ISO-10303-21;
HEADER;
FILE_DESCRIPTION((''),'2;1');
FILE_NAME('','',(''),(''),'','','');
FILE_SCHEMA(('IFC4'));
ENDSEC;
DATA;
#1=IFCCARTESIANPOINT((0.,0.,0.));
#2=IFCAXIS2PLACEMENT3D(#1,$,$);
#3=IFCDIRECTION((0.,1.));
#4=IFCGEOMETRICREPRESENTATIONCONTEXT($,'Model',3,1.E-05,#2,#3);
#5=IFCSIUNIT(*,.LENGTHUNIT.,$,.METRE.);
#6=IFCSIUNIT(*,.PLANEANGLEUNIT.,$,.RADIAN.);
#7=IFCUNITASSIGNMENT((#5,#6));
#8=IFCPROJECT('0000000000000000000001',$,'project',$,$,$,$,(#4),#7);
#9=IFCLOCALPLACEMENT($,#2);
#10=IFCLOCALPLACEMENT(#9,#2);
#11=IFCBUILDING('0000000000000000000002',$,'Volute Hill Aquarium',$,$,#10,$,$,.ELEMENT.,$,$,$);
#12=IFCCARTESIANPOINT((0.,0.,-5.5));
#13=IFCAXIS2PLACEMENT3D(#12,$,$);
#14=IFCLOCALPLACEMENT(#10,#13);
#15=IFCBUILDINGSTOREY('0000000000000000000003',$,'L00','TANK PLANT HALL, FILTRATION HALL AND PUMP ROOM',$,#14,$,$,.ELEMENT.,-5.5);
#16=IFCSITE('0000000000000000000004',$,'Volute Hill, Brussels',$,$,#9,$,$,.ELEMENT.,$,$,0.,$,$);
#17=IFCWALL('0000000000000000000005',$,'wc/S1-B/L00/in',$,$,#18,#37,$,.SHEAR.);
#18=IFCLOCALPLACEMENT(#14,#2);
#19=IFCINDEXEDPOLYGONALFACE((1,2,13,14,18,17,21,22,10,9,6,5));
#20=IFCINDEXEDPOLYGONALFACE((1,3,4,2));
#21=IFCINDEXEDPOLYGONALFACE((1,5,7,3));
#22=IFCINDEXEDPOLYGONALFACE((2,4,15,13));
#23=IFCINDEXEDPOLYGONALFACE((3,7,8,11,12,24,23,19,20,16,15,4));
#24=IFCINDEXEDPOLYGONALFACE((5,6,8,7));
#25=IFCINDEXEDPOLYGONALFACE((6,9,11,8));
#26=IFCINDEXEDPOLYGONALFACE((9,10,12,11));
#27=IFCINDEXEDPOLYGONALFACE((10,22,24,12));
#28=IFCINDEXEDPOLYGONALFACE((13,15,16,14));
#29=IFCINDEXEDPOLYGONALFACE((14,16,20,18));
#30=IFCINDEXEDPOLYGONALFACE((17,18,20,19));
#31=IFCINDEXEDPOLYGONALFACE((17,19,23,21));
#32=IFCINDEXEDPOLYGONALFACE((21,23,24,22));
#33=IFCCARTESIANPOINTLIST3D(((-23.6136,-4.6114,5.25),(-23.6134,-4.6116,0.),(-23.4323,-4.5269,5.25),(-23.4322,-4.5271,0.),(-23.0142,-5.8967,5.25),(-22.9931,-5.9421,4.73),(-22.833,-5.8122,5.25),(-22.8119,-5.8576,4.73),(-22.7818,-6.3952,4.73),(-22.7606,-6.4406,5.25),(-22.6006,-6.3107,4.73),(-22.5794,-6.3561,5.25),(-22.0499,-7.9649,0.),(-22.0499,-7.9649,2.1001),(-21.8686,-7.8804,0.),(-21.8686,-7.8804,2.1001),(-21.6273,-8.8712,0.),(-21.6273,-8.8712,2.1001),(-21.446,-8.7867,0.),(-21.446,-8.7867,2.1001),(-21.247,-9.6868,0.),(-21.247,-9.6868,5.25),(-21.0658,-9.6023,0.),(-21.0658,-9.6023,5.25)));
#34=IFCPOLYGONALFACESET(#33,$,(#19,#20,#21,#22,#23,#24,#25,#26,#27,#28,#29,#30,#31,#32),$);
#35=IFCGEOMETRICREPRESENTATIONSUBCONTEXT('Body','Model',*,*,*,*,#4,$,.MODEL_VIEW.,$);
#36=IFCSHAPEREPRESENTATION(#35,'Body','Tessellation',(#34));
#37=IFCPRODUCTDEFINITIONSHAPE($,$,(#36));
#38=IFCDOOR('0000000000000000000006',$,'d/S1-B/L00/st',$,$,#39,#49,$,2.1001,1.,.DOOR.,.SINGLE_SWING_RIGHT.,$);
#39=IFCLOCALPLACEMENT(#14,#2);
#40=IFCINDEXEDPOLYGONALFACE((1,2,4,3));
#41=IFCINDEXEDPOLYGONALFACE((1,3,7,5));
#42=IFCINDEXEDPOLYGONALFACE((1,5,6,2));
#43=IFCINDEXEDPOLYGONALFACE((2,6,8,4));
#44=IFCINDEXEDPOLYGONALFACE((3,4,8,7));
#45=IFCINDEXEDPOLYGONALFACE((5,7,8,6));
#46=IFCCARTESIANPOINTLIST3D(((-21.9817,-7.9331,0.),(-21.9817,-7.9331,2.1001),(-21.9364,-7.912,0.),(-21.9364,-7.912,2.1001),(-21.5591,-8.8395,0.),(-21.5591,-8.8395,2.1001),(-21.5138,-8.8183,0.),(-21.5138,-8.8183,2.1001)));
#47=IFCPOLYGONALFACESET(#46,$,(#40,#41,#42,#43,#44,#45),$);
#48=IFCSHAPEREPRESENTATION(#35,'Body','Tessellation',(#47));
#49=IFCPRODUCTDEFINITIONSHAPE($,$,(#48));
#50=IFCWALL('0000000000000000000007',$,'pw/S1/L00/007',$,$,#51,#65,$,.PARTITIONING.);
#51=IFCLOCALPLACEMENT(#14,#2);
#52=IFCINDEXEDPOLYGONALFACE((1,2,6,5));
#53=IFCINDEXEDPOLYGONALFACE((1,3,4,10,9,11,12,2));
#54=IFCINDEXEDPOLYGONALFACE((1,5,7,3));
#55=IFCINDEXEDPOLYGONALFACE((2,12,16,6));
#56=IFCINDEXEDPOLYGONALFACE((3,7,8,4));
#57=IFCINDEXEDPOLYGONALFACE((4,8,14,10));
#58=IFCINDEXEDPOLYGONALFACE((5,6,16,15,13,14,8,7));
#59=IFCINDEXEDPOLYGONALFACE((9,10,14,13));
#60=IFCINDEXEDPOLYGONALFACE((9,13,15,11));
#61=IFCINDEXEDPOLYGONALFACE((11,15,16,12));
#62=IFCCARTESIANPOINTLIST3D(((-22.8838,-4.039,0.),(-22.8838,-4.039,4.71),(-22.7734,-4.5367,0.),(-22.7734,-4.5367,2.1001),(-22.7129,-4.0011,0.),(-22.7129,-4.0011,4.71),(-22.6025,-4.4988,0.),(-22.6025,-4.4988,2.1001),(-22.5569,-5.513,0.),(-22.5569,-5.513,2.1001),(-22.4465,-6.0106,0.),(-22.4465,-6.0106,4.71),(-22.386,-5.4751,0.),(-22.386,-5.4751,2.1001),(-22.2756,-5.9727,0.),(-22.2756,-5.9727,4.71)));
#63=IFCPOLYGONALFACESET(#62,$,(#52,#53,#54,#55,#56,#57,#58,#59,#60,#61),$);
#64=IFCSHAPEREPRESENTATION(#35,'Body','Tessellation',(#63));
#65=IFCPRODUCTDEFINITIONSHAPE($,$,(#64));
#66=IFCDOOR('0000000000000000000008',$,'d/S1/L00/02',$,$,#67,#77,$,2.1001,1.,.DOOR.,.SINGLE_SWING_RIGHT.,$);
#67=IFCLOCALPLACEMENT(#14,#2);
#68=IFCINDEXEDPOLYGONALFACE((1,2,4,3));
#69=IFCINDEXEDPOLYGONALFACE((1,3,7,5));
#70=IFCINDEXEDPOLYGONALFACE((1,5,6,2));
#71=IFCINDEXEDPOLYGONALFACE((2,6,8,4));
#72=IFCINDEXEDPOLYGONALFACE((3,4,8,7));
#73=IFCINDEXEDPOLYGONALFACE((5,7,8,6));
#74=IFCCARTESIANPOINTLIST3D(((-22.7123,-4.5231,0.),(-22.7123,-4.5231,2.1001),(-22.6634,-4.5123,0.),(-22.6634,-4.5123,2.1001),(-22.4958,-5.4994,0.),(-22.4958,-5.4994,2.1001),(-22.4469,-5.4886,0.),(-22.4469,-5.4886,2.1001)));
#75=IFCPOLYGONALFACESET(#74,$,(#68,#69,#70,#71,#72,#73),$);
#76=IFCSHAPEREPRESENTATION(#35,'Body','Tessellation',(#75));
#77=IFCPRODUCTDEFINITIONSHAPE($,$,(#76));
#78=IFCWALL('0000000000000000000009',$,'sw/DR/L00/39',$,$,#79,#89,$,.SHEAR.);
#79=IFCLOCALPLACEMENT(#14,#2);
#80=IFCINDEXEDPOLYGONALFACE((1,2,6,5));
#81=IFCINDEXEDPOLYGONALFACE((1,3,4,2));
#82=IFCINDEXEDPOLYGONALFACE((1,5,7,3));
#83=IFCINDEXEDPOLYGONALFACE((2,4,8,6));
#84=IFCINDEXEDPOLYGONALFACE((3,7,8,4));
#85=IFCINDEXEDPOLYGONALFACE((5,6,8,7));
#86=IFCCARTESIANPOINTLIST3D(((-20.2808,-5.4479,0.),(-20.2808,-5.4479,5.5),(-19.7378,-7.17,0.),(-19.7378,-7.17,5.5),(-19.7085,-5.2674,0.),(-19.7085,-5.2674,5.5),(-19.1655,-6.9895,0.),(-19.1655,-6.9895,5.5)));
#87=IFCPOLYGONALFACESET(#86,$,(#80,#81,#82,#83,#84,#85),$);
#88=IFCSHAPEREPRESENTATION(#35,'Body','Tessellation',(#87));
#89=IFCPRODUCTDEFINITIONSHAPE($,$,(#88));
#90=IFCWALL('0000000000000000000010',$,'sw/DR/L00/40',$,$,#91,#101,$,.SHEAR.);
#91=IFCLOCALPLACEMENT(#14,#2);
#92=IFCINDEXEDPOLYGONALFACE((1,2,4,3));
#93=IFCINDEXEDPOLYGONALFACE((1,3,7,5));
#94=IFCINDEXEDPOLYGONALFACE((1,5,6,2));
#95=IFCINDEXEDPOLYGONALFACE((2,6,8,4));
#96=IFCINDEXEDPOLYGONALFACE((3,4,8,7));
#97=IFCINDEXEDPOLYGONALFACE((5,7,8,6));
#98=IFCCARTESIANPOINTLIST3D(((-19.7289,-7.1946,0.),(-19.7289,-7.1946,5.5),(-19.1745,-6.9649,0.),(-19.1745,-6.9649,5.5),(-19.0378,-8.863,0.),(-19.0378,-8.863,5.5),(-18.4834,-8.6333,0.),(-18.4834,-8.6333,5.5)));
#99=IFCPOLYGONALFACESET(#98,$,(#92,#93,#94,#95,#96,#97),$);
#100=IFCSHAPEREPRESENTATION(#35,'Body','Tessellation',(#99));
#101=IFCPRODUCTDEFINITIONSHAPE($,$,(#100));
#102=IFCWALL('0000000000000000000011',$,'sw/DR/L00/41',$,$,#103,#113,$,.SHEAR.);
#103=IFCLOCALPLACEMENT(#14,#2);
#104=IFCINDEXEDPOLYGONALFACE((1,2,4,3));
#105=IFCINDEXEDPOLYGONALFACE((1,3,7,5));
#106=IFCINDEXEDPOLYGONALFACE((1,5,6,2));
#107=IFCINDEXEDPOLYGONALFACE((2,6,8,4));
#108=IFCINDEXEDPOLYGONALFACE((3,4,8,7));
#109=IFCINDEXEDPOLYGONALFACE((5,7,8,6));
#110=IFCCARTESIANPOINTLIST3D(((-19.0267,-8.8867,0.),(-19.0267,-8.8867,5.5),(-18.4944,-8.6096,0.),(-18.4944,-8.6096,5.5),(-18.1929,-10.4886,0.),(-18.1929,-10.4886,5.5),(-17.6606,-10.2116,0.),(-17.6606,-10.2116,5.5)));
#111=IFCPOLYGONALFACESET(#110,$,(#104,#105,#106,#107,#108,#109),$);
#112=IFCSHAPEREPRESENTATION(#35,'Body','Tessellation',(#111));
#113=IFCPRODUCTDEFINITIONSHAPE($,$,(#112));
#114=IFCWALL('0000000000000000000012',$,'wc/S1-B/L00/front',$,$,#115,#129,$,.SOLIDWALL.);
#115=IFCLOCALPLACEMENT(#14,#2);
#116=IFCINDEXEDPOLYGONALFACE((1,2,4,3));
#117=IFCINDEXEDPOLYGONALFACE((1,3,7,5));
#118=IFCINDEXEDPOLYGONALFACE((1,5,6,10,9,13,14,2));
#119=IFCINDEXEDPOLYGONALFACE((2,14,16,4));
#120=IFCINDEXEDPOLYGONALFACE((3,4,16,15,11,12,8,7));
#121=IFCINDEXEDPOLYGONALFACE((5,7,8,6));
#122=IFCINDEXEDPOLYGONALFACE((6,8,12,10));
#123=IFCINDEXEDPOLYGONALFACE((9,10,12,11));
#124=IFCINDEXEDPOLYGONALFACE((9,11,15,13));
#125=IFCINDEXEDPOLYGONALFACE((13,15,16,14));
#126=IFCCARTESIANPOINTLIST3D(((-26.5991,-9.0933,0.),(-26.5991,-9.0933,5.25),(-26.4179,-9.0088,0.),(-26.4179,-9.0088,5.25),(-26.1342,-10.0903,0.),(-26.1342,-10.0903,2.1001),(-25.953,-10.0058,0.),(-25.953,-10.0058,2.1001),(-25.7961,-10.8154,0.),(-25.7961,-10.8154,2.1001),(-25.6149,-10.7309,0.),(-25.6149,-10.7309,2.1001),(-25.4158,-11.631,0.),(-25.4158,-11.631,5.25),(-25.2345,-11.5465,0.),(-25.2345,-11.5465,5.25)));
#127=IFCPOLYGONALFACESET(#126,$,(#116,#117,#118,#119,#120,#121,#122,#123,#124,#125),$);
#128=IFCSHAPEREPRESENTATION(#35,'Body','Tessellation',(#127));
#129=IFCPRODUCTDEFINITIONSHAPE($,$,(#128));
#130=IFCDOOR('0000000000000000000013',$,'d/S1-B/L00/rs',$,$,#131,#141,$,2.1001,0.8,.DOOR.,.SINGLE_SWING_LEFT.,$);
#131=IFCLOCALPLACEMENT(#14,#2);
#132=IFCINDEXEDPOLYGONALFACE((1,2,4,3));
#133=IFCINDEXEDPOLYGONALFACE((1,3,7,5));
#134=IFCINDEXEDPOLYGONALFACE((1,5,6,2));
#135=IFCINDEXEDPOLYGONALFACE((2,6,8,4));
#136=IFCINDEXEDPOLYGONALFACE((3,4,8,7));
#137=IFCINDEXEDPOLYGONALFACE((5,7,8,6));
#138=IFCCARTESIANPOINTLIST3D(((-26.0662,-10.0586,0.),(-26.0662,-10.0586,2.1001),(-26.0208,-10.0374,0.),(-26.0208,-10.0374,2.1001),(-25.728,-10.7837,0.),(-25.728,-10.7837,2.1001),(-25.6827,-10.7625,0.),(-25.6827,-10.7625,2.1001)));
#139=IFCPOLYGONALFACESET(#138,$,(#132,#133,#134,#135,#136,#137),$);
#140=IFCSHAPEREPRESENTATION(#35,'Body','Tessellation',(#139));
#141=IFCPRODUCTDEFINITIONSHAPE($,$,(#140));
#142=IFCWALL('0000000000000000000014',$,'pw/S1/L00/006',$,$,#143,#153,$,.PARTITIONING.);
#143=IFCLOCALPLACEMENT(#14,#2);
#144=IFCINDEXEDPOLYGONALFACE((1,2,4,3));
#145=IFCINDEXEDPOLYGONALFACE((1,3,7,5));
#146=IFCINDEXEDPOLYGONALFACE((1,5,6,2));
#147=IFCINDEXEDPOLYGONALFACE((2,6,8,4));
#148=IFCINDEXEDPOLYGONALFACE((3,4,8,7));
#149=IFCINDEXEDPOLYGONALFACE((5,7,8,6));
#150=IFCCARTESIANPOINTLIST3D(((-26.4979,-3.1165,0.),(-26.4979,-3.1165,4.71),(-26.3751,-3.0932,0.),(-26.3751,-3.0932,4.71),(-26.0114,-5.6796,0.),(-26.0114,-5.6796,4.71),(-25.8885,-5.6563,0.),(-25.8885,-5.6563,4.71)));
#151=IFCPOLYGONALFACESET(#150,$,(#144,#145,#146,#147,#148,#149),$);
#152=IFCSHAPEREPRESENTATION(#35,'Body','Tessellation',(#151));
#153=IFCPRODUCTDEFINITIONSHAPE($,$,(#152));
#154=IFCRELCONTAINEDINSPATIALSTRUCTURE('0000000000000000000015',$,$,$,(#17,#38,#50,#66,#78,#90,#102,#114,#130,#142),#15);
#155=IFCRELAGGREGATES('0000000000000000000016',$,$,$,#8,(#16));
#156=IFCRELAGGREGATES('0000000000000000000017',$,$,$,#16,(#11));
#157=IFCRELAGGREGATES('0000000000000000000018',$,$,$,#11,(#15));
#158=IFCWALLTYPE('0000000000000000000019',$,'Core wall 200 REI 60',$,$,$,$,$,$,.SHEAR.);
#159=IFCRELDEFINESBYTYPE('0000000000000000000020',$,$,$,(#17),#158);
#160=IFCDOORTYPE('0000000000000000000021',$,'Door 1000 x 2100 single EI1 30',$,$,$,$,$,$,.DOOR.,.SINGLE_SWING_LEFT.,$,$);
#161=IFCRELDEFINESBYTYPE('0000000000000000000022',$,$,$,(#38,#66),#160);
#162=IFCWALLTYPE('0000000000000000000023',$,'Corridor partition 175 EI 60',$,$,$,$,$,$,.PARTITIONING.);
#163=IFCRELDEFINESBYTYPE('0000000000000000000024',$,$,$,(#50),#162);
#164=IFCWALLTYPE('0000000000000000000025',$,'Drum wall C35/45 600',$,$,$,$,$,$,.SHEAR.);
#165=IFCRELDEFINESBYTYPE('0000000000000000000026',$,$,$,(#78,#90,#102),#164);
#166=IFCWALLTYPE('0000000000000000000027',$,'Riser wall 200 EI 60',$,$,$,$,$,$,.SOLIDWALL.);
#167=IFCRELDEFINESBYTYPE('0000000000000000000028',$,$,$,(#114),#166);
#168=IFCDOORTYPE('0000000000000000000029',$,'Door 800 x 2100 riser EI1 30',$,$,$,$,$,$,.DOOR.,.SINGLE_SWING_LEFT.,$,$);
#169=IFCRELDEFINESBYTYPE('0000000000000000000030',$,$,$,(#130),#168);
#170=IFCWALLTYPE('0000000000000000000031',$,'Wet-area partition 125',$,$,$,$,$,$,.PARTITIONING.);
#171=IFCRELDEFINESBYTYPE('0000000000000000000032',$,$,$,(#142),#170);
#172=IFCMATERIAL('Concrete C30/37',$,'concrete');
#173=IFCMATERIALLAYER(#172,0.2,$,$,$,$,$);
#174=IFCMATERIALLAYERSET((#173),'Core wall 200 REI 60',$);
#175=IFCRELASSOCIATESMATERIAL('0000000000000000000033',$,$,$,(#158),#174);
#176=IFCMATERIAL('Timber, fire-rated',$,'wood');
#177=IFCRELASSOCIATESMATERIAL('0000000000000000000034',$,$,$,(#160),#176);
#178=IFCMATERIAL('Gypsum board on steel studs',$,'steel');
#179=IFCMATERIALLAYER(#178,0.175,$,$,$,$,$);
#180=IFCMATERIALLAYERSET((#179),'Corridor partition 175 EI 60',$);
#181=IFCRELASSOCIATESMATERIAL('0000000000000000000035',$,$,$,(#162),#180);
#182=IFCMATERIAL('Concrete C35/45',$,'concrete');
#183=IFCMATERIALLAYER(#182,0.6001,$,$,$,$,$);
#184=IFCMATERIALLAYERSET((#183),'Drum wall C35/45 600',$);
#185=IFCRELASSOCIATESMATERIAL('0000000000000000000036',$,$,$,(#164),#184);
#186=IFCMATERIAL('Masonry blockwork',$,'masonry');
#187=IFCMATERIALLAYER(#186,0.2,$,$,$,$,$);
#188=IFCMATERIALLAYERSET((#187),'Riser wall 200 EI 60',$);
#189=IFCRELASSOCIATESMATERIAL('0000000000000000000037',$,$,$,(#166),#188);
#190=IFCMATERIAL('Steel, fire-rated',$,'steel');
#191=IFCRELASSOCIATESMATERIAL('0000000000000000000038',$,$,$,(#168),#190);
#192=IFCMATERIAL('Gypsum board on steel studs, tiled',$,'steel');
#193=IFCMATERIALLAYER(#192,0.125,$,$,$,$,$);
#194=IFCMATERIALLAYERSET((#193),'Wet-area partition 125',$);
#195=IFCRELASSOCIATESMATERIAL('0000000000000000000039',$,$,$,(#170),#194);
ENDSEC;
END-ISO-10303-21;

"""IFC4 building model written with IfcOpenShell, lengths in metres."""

from ifc_helpers import new_model, si_unit, direction, frame, frame_2d, origin, place, context, subcontext, project, spatial, polyline, rectangle, outline, extrude, material, layer, layer_set, type_object, element, fill, save


model = new_model("IFC4")

# Units and contexts
model_context = context("Model", 3, precision=1e-05, world=origin(), true_north=direction((0.0, 1.0)))
body_context = subcontext(model_context, "Body", "Model", "MODEL_VIEW")
ifc_project = project(units=[si_unit("LENGTHUNIT", "METRE"), si_unit("PLANEANGLEUNIT", "RADIAN")], contexts=[model_context])

# Site, building, storey
site_placement = place(None, origin())
site = spatial("IfcSite", under=ifc_project, at=site_placement, Name="Volute Hill, Brussels", CompositionType="ELEMENT", RefElevation=0.0)
building_placement = place(site_placement, origin())
building = spatial("IfcBuilding", under=site, at=building_placement, Name="Volute Hill Aquarium", CompositionType="ELEMENT")
storey_placement = place(building_placement, frame((0.0, 0.0, -5.5)))
storey = spatial("IfcBuildingStorey", under=building, at=storey_placement, Name="L00", Description="TANK PLANT HALL, FILTRATION HALL AND PUMP ROOM", CompositionType="ELEMENT", Elevation=-5.5)

# Walls, openings, doors
ifc_material_1 = material(Name="Concrete C30/37", Category="concrete")
ifc_layer_1 = layer(ifc_material_1, 0.2)
ifc_layer_set_1 = layer_set([ifc_layer_1], Name="Core wall 200 REI 60")
wall_type_1 = type_object("IfcWallType", Name="Core wall 200 REI 60", PredefinedType="SHEAR", material=ifc_layer_set_1)
wall_1_placement = place(storey_placement, frame((-21.1562, -9.6445, 0.0), z_axis=(0.0, 0.0, 1.0), x_axis=(-0.422597, 0.906318, 0.0)))
wall_1 = element("IfcWall", 1, at=wall_1_placement, inside=storey, type_object=wall_type_1, Name="wc/S1-B/L00/in", PredefinedType="SHEAR", context=body_context, shape_type="SweptSolid", body=[
    extrude(outline(polyline([(0.0, 0.0), (5.5999, 0.0), (5.6001, 5.25), (4.1819, 5.25), (4.1318, 4.73), (3.6318, 4.73), (3.5818, 5.25), (0.0, 5.25), (0.0, 0.0)])), frame((0.0, 0.1001, 0.0), z_axis=(0.0, -1.0, 0.0), x_axis=(1.0, 0.0, 0.0)), (0.0, 0.0, 1.0), 0.2),
])
opening_1_placement = place(wall_1_placement, frame((0.8999, 0.0, 0.0)))
opening_1 = element("IfcOpeningElement", 2, at=opening_1_placement, cuts=wall_1, PredefinedType="OPENING", context=body_context, shape_type="SweptSolid", body=[
    extrude(rectangle(XDim=1.0, YDim=2.1001, at=frame_2d((0.5, 1.05))), frame((0.0, 0.1099, 0.0), z_axis=(0.0, -1.0, 0.0), x_axis=(1.0, 0.0, 0.0)), (0.0, 0.0, 1.0), 0.22),
])
ifc_material_2 = material(Name="Timber, fire-rated", Category="wood")
door_type_1 = type_object("IfcDoorType", Name="Door 1000 x 2100 single EI1 30", OperationType="SINGLE_SWING_LEFT", PredefinedType="DOOR", material=ifc_material_2)
door_1_placement = place(opening_1_placement, origin())
door_1 = element("IfcDoor", 3, at=door_1_placement, inside=storey, type_object=door_type_1, Name="d/S1-B/L00/st", OperationType="SINGLE_SWING_RIGHT", OverallHeight=2.1001, OverallWidth=1.0, PredefinedType="DOOR", context=body_context, shape_type="SweptSolid", body=[
    extrude(rectangle(XDim=1.0, YDim=2.1001, at=frame_2d((0.5, 1.05))), frame((0.0, 0.0249, 0.0), z_axis=(0.0, -1.0, 0.0), x_axis=(1.0, 0.0, 0.0)), (0.0, 0.0, 1.0), 0.05),
])
fill(opening_1, door_1)
ifc_material_3 = material(Name="Gypsum board on steel studs", Category="steel")
ifc_layer_2 = layer(ifc_material_3, 0.175)
ifc_layer_set_2 = layer_set([ifc_layer_2], Name="Corridor partition 175 EI 60")
wall_type_2 = type_object("IfcWallType", Name="Corridor partition 175 EI 60", PredefinedType="PARTITIONING", material=ifc_layer_set_2)
wall_2_placement = place(storey_placement, frame((-22.3611, -5.9917, 0.0), z_axis=(0.0, 0.0, 1.0), x_axis=(-0.216508, 0.976281, 0.0)))
wall_2 = element("IfcWall", 4, at=wall_2_placement, inside=storey, type_object=wall_type_2, Name="pw/S1/L00/007", PredefinedType="PARTITIONING", context=body_context, shape_type="SweptSolid", body=[
    extrude(rectangle(XDim=2.0195, YDim=0.175, at=frame_2d((1.0098, 0.0))), origin(), (0.0, 0.0, 1.0), 4.71),
])
opening_2_placement = place(wall_2_placement, frame((0.5098, 0.0, 0.0)))
opening_2 = element("IfcOpeningElement", 5, at=opening_2_placement, cuts=wall_2, PredefinedType="OPENING", context=body_context, shape_type="SweptSolid", body=[
    extrude(rectangle(XDim=1.0, YDim=2.1001, at=frame_2d((0.5, 1.05))), frame((0.0, 0.0974, 0.0), z_axis=(0.0, -1.0, 0.0), x_axis=(1.0, 0.0, 0.0)), (0.0, 0.0, 1.0), 0.1951),
])
door_2_placement = place(opening_2_placement, origin())
door_2 = element("IfcDoor", 6, at=door_2_placement, inside=storey, type_object=door_type_1, Name="d/S1/L00/02", OperationType="SINGLE_SWING_RIGHT", OverallHeight=2.1001, OverallWidth=1.0, PredefinedType="DOOR", context=body_context, shape_type="SweptSolid", body=[
    extrude(rectangle(XDim=1.0, YDim=2.1001, at=frame_2d((0.5, 1.05))), frame((0.0, 0.0249, 0.0), z_axis=(0.0, -1.0, 0.0), x_axis=(1.0, 0.0, 0.0)), (0.0, 0.0, 1.0), 0.05),
])
fill(opening_2, door_2)

# Walls
ifc_material_4 = material(Name="Concrete C35/45", Category="concrete")
ifc_layer_3 = layer(ifc_material_4, 0.6001)
ifc_layer_set_3 = layer_set([ifc_layer_3], Name="Drum wall C35/45 600")
wall_type_3 = type_object("IfcWallType", Name="Drum wall C35/45 600", PredefinedType="SHEAR", material=ifc_layer_set_3)
wall_3_placement = place(storey_placement, frame((-19.9946, -5.3577, 0.0), z_axis=(0.0, 0.0, 1.0), x_axis=(0.300691, -0.953722, 0.0)))
element("IfcWall", 7, at=wall_3_placement, inside=storey, type_object=wall_type_3, Name="sw/DR/L00/39", PredefinedType="SHEAR", context=body_context, shape_type="SweptSolid", body=[
    extrude(rectangle(XDim=1.8057, YDim=0.6001, at=frame_2d((0.9028, 0.0))), origin(), (0.0, 0.0, 1.0), 5.5),
])
for number, where, z_axis, x_axis, name in (
    (8, (-19.4517, -7.0798, 0.0), (0.0, 0.0, 1.0), (0.382714, -0.923867, 0.0), "sw/DR/L00/40"),
    (9, (-18.7605, -8.7483, 0.0), (0.0, 0.0, 1.0), (0.461702, -0.887035, 0.0), "sw/DR/L00/41"),
):
    element("IfcWall", number, at=place(storey_placement, frame(where, z_axis=z_axis, x_axis=x_axis)), inside=storey, type_object=wall_type_3, Name=name, PredefinedType="SHEAR", context=body_context, shape_type="SweptSolid", body=[
        extrude(rectangle(XDim=1.8059, YDim=0.6001, at=frame_2d((0.9028, 0.0))), origin(), (0.0, 0.0, 1.0), 5.5),
    ])

# Wall, opening, door
ifc_material_5 = material(Name="Masonry blockwork", Category="masonry")
ifc_layer_4 = layer(ifc_material_5, 0.2)
ifc_layer_set_4 = layer_set([ifc_layer_4], Name="Riser wall 200 EI 60")
wall_type_4 = type_object("IfcWallType", Name="Riser wall 200 EI 60", PredefinedType="SOLIDWALL", material=ifc_layer_set_4)
wall_4_placement = place(storey_placement, frame((-25.3252, -11.5886, 0.0), z_axis=(0.0, 0.0, 1.0), x_axis=(-0.422632, 0.906301, 0.0)))
wall_4 = element("IfcWall", 10, at=wall_4_placement, inside=storey, type_object=wall_type_4, Name="wc/S1-B/L00/front", PredefinedType="SOLIDWALL", context=body_context, shape_type="SweptSolid", body=[
    extrude(rectangle(XDim=2.8, YDim=0.2, at=frame_2d((1.3999, 0.0))), origin(), (0.0, 0.0, 1.0), 5.25),
])
opening_3_placement = place(wall_4_placement, frame((0.8999, 0.0, 0.0)))
opening_3 = element("IfcOpeningElement", 11, at=opening_3_placement, cuts=wall_4, PredefinedType="OPENING", context=body_context, shape_type="SweptSolid", body=[
    extrude(rectangle(XDim=0.8, YDim=2.1001, at=frame_2d((0.3999, 1.05))), frame((0.0, 0.1099, 0.0), z_axis=(0.0, -1.0, 0.0), x_axis=(1.0, 0.0, 0.0)), (0.0, 0.0, 1.0), 0.22),
])
ifc_material_6 = material(Name="Steel, fire-rated", Category="steel")
door_type_2 = type_object("IfcDoorType", Name="Door 800 x 2100 riser EI1 30", OperationType="SINGLE_SWING_LEFT", PredefinedType="DOOR", material=ifc_material_6)
door_3_placement = place(opening_3_placement, origin())
door_3 = element("IfcDoor", 12, at=door_3_placement, inside=storey, type_object=door_type_2, Name="d/S1-B/L00/rs", OperationType="SINGLE_SWING_LEFT", OverallHeight=2.1001, OverallWidth=0.8, PredefinedType="DOOR", context=body_context, shape_type="SweptSolid", body=[
    extrude(rectangle(XDim=0.8, YDim=2.1001, at=frame_2d((0.3999, 1.05))), frame((0.0, 0.0249, 0.0), z_axis=(0.0, -1.0, 0.0), x_axis=(1.0, 0.0, 0.0)), (0.0, 0.0, 1.0), 0.05),
])
fill(opening_3, door_3)

# Wall
ifc_material_7 = material(Name="Gypsum board on steel studs, tiled", Category="steel")
ifc_layer_5 = layer(ifc_material_7, 0.125)
ifc_layer_set_5 = layer_set([ifc_layer_5], Name="Wet-area partition 125")
wall_type_5 = type_object("IfcWallType", Name="Wet-area partition 125", PredefinedType="PARTITIONING", material=ifc_layer_set_5)
wall_5_placement = place(storey_placement, frame((-25.95, -5.668, 0.0), z_axis=(0.0, 0.0, 1.0), x_axis=(-0.186514, 0.982452, 0.0)))
element("IfcWall", 13, at=wall_5_placement, inside=storey, type_object=wall_type_5, Name="pw/S1/L00/006", PredefinedType="PARTITIONING", context=body_context, shape_type="SweptSolid", body=[
    extrude(rectangle(XDim=2.6089, YDim=0.125, at=frame_2d((1.3044, 0.0))), origin(), (0.0, 0.0, 1.0), 4.71),
])

save(model, "model.ifc")
